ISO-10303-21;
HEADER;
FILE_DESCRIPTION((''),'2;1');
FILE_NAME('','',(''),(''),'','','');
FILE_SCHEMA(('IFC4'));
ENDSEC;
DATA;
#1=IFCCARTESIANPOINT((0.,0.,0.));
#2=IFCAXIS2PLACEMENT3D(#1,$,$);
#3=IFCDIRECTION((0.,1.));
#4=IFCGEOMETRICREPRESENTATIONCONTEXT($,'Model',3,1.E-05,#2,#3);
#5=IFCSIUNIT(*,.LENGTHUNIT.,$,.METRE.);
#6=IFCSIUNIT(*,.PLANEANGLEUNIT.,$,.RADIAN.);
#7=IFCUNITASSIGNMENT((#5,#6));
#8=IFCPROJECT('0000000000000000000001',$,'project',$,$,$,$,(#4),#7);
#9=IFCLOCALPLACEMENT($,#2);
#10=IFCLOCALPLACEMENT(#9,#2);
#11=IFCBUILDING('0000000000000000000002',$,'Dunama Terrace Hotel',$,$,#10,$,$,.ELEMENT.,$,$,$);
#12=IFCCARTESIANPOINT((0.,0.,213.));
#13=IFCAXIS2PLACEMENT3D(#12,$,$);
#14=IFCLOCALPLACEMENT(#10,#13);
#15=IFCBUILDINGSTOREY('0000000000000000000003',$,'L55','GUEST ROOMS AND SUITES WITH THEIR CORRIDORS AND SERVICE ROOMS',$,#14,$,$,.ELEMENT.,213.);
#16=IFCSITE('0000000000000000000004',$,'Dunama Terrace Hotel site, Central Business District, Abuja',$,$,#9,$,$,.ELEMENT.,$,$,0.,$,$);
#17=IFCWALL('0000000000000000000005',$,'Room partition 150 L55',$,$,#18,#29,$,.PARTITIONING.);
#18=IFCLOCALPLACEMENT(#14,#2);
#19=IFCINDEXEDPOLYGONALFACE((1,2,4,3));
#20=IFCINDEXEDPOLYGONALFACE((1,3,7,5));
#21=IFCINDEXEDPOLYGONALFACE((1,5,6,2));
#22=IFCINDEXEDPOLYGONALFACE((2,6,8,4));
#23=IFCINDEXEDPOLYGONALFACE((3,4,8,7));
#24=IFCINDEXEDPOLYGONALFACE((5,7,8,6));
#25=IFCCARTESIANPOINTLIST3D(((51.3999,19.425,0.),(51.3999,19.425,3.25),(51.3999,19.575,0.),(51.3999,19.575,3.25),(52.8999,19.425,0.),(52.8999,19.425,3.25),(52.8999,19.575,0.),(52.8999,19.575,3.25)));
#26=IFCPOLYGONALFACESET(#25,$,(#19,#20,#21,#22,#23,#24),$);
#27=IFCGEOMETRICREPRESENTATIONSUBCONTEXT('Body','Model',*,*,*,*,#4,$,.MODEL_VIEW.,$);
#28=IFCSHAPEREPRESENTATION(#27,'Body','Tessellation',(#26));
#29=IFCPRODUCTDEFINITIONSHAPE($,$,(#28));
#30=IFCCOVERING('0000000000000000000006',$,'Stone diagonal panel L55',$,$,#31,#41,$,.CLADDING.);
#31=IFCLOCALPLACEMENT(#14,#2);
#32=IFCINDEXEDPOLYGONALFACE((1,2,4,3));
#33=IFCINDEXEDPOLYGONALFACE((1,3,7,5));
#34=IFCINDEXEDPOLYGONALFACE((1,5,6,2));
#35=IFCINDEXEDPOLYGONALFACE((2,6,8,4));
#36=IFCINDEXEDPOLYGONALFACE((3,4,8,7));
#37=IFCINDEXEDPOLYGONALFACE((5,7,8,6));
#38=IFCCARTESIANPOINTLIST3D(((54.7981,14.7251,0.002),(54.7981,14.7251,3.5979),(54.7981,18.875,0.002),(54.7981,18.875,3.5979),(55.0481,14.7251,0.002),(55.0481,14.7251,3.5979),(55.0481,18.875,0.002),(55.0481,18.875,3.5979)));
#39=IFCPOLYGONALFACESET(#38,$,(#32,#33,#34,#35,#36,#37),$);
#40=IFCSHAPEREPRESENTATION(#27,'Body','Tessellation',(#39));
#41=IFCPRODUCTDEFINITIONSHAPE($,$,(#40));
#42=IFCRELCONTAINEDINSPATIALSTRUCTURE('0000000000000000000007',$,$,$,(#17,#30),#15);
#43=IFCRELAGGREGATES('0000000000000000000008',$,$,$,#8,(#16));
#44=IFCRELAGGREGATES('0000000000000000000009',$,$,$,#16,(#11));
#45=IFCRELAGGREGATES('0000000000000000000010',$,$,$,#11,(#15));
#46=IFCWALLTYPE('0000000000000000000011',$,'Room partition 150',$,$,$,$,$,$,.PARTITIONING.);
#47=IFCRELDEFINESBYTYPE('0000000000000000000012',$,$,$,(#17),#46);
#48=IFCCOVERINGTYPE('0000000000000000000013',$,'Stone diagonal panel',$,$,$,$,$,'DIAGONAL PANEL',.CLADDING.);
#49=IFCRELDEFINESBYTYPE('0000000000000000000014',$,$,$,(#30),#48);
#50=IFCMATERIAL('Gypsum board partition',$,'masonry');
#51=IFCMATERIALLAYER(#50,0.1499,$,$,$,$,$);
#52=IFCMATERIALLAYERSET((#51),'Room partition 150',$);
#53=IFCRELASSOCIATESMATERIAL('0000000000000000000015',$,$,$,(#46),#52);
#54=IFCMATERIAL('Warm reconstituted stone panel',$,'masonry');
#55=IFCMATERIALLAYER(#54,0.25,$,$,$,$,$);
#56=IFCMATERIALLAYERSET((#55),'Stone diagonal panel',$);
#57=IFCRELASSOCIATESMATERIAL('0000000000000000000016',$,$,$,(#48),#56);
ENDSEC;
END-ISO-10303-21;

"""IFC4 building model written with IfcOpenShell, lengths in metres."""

from ifc_helpers import new_model, si_unit, direction, frame, frame_2d, origin, origin_2d, place, context, subcontext, project, spatial, rectangle, extrude, material, layer, layer_set, type_object, element, save


model = new_model("IFC4")

# Units and contexts
model_context = context("Model", 3, precision=1e-05, world=origin(), true_north=direction((0.0, 1.0)))
body_context = subcontext(model_context, "Body", "Model", "MODEL_VIEW")
ifc_project = project(units=[si_unit("LENGTHUNIT", "METRE"), si_unit("PLANEANGLEUNIT", "RADIAN")], contexts=[model_context])

# Site, building, storey
site_placement = place(None, origin())
site = spatial("IfcSite", under=ifc_project, at=site_placement, Name="Dunama Terrace Hotel site, Central Business District, Abuja", CompositionType="ELEMENT", RefElevation=0.0)
building_placement = place(site_placement, origin())
building = spatial("IfcBuilding", under=site, at=building_placement, Name="Dunama Terrace Hotel", CompositionType="ELEMENT")
storey_placement = place(building_placement, frame((0.0, 0.0, 213.0)))
storey = spatial("IfcBuildingStorey", under=building, at=storey_placement, Name="L55", Description="GUEST ROOMS AND SUITES WITH THEIR CORRIDORS AND SERVICE ROOMS", CompositionType="ELEMENT", Elevation=213.0)

# Wall
ifc_material_1 = material(Name="Gypsum board partition", Category="masonry")
ifc_layer_1 = layer(ifc_material_1, 0.1499)
ifc_layer_set_1 = layer_set([ifc_layer_1], Name="Room partition 150")
wall_type_1 = type_object("IfcWallType", Name="Room partition 150", PredefinedType="PARTITIONING", material=ifc_layer_set_1)
wall_1_placement = place(storey_placement, frame((51.3999, 19.5, 0.0), z_axis=(0.0, 0.0, 1.0), x_axis=(1.0, 0.0, 0.0)))
element("IfcWall", 1, at=wall_1_placement, inside=storey, type_object=wall_type_1, Name="Room partition 150 L55", PredefinedType="PARTITIONING", context=body_context, shape_type="SweptSolid", body=[
    extrude(rectangle(XDim=1.5, YDim=0.1499, at=frame_2d((0.75, 0.0))), origin(), (0.0, 0.0, 1.0), 3.25),
])

# Covering
ifc_material_2 = material(Name="Warm reconstituted stone panel", Category="masonry")
ifc_layer_2 = layer(ifc_material_2, 0.25)
ifc_layer_set_2 = layer_set([ifc_layer_2], Name="Stone diagonal panel")
covering_type = type_object("IfcCoveringType", Name="Stone diagonal panel", ElementType="DIAGONAL PANEL", PredefinedType="CLADDING", material=ifc_layer_set_2)
covering_placement = place(storey_placement, frame((54.9231, 16.8, 0.002), z_axis=(0.0, 0.0, 1.0), x_axis=(0.0, 1.0, 0.0)))
element("IfcCovering", 2, at=covering_placement, inside=storey, type_object=covering_type, Name="Stone diagonal panel L55", PredefinedType="CLADDING", context=body_context, shape_type="SweptSolid", body=[
    extrude(rectangle(XDim=4.1499, YDim=0.25, at=origin_2d()), origin(), (0.0, 0.0, 1.0), 3.5959),
])

save(model, "model.ifc")
